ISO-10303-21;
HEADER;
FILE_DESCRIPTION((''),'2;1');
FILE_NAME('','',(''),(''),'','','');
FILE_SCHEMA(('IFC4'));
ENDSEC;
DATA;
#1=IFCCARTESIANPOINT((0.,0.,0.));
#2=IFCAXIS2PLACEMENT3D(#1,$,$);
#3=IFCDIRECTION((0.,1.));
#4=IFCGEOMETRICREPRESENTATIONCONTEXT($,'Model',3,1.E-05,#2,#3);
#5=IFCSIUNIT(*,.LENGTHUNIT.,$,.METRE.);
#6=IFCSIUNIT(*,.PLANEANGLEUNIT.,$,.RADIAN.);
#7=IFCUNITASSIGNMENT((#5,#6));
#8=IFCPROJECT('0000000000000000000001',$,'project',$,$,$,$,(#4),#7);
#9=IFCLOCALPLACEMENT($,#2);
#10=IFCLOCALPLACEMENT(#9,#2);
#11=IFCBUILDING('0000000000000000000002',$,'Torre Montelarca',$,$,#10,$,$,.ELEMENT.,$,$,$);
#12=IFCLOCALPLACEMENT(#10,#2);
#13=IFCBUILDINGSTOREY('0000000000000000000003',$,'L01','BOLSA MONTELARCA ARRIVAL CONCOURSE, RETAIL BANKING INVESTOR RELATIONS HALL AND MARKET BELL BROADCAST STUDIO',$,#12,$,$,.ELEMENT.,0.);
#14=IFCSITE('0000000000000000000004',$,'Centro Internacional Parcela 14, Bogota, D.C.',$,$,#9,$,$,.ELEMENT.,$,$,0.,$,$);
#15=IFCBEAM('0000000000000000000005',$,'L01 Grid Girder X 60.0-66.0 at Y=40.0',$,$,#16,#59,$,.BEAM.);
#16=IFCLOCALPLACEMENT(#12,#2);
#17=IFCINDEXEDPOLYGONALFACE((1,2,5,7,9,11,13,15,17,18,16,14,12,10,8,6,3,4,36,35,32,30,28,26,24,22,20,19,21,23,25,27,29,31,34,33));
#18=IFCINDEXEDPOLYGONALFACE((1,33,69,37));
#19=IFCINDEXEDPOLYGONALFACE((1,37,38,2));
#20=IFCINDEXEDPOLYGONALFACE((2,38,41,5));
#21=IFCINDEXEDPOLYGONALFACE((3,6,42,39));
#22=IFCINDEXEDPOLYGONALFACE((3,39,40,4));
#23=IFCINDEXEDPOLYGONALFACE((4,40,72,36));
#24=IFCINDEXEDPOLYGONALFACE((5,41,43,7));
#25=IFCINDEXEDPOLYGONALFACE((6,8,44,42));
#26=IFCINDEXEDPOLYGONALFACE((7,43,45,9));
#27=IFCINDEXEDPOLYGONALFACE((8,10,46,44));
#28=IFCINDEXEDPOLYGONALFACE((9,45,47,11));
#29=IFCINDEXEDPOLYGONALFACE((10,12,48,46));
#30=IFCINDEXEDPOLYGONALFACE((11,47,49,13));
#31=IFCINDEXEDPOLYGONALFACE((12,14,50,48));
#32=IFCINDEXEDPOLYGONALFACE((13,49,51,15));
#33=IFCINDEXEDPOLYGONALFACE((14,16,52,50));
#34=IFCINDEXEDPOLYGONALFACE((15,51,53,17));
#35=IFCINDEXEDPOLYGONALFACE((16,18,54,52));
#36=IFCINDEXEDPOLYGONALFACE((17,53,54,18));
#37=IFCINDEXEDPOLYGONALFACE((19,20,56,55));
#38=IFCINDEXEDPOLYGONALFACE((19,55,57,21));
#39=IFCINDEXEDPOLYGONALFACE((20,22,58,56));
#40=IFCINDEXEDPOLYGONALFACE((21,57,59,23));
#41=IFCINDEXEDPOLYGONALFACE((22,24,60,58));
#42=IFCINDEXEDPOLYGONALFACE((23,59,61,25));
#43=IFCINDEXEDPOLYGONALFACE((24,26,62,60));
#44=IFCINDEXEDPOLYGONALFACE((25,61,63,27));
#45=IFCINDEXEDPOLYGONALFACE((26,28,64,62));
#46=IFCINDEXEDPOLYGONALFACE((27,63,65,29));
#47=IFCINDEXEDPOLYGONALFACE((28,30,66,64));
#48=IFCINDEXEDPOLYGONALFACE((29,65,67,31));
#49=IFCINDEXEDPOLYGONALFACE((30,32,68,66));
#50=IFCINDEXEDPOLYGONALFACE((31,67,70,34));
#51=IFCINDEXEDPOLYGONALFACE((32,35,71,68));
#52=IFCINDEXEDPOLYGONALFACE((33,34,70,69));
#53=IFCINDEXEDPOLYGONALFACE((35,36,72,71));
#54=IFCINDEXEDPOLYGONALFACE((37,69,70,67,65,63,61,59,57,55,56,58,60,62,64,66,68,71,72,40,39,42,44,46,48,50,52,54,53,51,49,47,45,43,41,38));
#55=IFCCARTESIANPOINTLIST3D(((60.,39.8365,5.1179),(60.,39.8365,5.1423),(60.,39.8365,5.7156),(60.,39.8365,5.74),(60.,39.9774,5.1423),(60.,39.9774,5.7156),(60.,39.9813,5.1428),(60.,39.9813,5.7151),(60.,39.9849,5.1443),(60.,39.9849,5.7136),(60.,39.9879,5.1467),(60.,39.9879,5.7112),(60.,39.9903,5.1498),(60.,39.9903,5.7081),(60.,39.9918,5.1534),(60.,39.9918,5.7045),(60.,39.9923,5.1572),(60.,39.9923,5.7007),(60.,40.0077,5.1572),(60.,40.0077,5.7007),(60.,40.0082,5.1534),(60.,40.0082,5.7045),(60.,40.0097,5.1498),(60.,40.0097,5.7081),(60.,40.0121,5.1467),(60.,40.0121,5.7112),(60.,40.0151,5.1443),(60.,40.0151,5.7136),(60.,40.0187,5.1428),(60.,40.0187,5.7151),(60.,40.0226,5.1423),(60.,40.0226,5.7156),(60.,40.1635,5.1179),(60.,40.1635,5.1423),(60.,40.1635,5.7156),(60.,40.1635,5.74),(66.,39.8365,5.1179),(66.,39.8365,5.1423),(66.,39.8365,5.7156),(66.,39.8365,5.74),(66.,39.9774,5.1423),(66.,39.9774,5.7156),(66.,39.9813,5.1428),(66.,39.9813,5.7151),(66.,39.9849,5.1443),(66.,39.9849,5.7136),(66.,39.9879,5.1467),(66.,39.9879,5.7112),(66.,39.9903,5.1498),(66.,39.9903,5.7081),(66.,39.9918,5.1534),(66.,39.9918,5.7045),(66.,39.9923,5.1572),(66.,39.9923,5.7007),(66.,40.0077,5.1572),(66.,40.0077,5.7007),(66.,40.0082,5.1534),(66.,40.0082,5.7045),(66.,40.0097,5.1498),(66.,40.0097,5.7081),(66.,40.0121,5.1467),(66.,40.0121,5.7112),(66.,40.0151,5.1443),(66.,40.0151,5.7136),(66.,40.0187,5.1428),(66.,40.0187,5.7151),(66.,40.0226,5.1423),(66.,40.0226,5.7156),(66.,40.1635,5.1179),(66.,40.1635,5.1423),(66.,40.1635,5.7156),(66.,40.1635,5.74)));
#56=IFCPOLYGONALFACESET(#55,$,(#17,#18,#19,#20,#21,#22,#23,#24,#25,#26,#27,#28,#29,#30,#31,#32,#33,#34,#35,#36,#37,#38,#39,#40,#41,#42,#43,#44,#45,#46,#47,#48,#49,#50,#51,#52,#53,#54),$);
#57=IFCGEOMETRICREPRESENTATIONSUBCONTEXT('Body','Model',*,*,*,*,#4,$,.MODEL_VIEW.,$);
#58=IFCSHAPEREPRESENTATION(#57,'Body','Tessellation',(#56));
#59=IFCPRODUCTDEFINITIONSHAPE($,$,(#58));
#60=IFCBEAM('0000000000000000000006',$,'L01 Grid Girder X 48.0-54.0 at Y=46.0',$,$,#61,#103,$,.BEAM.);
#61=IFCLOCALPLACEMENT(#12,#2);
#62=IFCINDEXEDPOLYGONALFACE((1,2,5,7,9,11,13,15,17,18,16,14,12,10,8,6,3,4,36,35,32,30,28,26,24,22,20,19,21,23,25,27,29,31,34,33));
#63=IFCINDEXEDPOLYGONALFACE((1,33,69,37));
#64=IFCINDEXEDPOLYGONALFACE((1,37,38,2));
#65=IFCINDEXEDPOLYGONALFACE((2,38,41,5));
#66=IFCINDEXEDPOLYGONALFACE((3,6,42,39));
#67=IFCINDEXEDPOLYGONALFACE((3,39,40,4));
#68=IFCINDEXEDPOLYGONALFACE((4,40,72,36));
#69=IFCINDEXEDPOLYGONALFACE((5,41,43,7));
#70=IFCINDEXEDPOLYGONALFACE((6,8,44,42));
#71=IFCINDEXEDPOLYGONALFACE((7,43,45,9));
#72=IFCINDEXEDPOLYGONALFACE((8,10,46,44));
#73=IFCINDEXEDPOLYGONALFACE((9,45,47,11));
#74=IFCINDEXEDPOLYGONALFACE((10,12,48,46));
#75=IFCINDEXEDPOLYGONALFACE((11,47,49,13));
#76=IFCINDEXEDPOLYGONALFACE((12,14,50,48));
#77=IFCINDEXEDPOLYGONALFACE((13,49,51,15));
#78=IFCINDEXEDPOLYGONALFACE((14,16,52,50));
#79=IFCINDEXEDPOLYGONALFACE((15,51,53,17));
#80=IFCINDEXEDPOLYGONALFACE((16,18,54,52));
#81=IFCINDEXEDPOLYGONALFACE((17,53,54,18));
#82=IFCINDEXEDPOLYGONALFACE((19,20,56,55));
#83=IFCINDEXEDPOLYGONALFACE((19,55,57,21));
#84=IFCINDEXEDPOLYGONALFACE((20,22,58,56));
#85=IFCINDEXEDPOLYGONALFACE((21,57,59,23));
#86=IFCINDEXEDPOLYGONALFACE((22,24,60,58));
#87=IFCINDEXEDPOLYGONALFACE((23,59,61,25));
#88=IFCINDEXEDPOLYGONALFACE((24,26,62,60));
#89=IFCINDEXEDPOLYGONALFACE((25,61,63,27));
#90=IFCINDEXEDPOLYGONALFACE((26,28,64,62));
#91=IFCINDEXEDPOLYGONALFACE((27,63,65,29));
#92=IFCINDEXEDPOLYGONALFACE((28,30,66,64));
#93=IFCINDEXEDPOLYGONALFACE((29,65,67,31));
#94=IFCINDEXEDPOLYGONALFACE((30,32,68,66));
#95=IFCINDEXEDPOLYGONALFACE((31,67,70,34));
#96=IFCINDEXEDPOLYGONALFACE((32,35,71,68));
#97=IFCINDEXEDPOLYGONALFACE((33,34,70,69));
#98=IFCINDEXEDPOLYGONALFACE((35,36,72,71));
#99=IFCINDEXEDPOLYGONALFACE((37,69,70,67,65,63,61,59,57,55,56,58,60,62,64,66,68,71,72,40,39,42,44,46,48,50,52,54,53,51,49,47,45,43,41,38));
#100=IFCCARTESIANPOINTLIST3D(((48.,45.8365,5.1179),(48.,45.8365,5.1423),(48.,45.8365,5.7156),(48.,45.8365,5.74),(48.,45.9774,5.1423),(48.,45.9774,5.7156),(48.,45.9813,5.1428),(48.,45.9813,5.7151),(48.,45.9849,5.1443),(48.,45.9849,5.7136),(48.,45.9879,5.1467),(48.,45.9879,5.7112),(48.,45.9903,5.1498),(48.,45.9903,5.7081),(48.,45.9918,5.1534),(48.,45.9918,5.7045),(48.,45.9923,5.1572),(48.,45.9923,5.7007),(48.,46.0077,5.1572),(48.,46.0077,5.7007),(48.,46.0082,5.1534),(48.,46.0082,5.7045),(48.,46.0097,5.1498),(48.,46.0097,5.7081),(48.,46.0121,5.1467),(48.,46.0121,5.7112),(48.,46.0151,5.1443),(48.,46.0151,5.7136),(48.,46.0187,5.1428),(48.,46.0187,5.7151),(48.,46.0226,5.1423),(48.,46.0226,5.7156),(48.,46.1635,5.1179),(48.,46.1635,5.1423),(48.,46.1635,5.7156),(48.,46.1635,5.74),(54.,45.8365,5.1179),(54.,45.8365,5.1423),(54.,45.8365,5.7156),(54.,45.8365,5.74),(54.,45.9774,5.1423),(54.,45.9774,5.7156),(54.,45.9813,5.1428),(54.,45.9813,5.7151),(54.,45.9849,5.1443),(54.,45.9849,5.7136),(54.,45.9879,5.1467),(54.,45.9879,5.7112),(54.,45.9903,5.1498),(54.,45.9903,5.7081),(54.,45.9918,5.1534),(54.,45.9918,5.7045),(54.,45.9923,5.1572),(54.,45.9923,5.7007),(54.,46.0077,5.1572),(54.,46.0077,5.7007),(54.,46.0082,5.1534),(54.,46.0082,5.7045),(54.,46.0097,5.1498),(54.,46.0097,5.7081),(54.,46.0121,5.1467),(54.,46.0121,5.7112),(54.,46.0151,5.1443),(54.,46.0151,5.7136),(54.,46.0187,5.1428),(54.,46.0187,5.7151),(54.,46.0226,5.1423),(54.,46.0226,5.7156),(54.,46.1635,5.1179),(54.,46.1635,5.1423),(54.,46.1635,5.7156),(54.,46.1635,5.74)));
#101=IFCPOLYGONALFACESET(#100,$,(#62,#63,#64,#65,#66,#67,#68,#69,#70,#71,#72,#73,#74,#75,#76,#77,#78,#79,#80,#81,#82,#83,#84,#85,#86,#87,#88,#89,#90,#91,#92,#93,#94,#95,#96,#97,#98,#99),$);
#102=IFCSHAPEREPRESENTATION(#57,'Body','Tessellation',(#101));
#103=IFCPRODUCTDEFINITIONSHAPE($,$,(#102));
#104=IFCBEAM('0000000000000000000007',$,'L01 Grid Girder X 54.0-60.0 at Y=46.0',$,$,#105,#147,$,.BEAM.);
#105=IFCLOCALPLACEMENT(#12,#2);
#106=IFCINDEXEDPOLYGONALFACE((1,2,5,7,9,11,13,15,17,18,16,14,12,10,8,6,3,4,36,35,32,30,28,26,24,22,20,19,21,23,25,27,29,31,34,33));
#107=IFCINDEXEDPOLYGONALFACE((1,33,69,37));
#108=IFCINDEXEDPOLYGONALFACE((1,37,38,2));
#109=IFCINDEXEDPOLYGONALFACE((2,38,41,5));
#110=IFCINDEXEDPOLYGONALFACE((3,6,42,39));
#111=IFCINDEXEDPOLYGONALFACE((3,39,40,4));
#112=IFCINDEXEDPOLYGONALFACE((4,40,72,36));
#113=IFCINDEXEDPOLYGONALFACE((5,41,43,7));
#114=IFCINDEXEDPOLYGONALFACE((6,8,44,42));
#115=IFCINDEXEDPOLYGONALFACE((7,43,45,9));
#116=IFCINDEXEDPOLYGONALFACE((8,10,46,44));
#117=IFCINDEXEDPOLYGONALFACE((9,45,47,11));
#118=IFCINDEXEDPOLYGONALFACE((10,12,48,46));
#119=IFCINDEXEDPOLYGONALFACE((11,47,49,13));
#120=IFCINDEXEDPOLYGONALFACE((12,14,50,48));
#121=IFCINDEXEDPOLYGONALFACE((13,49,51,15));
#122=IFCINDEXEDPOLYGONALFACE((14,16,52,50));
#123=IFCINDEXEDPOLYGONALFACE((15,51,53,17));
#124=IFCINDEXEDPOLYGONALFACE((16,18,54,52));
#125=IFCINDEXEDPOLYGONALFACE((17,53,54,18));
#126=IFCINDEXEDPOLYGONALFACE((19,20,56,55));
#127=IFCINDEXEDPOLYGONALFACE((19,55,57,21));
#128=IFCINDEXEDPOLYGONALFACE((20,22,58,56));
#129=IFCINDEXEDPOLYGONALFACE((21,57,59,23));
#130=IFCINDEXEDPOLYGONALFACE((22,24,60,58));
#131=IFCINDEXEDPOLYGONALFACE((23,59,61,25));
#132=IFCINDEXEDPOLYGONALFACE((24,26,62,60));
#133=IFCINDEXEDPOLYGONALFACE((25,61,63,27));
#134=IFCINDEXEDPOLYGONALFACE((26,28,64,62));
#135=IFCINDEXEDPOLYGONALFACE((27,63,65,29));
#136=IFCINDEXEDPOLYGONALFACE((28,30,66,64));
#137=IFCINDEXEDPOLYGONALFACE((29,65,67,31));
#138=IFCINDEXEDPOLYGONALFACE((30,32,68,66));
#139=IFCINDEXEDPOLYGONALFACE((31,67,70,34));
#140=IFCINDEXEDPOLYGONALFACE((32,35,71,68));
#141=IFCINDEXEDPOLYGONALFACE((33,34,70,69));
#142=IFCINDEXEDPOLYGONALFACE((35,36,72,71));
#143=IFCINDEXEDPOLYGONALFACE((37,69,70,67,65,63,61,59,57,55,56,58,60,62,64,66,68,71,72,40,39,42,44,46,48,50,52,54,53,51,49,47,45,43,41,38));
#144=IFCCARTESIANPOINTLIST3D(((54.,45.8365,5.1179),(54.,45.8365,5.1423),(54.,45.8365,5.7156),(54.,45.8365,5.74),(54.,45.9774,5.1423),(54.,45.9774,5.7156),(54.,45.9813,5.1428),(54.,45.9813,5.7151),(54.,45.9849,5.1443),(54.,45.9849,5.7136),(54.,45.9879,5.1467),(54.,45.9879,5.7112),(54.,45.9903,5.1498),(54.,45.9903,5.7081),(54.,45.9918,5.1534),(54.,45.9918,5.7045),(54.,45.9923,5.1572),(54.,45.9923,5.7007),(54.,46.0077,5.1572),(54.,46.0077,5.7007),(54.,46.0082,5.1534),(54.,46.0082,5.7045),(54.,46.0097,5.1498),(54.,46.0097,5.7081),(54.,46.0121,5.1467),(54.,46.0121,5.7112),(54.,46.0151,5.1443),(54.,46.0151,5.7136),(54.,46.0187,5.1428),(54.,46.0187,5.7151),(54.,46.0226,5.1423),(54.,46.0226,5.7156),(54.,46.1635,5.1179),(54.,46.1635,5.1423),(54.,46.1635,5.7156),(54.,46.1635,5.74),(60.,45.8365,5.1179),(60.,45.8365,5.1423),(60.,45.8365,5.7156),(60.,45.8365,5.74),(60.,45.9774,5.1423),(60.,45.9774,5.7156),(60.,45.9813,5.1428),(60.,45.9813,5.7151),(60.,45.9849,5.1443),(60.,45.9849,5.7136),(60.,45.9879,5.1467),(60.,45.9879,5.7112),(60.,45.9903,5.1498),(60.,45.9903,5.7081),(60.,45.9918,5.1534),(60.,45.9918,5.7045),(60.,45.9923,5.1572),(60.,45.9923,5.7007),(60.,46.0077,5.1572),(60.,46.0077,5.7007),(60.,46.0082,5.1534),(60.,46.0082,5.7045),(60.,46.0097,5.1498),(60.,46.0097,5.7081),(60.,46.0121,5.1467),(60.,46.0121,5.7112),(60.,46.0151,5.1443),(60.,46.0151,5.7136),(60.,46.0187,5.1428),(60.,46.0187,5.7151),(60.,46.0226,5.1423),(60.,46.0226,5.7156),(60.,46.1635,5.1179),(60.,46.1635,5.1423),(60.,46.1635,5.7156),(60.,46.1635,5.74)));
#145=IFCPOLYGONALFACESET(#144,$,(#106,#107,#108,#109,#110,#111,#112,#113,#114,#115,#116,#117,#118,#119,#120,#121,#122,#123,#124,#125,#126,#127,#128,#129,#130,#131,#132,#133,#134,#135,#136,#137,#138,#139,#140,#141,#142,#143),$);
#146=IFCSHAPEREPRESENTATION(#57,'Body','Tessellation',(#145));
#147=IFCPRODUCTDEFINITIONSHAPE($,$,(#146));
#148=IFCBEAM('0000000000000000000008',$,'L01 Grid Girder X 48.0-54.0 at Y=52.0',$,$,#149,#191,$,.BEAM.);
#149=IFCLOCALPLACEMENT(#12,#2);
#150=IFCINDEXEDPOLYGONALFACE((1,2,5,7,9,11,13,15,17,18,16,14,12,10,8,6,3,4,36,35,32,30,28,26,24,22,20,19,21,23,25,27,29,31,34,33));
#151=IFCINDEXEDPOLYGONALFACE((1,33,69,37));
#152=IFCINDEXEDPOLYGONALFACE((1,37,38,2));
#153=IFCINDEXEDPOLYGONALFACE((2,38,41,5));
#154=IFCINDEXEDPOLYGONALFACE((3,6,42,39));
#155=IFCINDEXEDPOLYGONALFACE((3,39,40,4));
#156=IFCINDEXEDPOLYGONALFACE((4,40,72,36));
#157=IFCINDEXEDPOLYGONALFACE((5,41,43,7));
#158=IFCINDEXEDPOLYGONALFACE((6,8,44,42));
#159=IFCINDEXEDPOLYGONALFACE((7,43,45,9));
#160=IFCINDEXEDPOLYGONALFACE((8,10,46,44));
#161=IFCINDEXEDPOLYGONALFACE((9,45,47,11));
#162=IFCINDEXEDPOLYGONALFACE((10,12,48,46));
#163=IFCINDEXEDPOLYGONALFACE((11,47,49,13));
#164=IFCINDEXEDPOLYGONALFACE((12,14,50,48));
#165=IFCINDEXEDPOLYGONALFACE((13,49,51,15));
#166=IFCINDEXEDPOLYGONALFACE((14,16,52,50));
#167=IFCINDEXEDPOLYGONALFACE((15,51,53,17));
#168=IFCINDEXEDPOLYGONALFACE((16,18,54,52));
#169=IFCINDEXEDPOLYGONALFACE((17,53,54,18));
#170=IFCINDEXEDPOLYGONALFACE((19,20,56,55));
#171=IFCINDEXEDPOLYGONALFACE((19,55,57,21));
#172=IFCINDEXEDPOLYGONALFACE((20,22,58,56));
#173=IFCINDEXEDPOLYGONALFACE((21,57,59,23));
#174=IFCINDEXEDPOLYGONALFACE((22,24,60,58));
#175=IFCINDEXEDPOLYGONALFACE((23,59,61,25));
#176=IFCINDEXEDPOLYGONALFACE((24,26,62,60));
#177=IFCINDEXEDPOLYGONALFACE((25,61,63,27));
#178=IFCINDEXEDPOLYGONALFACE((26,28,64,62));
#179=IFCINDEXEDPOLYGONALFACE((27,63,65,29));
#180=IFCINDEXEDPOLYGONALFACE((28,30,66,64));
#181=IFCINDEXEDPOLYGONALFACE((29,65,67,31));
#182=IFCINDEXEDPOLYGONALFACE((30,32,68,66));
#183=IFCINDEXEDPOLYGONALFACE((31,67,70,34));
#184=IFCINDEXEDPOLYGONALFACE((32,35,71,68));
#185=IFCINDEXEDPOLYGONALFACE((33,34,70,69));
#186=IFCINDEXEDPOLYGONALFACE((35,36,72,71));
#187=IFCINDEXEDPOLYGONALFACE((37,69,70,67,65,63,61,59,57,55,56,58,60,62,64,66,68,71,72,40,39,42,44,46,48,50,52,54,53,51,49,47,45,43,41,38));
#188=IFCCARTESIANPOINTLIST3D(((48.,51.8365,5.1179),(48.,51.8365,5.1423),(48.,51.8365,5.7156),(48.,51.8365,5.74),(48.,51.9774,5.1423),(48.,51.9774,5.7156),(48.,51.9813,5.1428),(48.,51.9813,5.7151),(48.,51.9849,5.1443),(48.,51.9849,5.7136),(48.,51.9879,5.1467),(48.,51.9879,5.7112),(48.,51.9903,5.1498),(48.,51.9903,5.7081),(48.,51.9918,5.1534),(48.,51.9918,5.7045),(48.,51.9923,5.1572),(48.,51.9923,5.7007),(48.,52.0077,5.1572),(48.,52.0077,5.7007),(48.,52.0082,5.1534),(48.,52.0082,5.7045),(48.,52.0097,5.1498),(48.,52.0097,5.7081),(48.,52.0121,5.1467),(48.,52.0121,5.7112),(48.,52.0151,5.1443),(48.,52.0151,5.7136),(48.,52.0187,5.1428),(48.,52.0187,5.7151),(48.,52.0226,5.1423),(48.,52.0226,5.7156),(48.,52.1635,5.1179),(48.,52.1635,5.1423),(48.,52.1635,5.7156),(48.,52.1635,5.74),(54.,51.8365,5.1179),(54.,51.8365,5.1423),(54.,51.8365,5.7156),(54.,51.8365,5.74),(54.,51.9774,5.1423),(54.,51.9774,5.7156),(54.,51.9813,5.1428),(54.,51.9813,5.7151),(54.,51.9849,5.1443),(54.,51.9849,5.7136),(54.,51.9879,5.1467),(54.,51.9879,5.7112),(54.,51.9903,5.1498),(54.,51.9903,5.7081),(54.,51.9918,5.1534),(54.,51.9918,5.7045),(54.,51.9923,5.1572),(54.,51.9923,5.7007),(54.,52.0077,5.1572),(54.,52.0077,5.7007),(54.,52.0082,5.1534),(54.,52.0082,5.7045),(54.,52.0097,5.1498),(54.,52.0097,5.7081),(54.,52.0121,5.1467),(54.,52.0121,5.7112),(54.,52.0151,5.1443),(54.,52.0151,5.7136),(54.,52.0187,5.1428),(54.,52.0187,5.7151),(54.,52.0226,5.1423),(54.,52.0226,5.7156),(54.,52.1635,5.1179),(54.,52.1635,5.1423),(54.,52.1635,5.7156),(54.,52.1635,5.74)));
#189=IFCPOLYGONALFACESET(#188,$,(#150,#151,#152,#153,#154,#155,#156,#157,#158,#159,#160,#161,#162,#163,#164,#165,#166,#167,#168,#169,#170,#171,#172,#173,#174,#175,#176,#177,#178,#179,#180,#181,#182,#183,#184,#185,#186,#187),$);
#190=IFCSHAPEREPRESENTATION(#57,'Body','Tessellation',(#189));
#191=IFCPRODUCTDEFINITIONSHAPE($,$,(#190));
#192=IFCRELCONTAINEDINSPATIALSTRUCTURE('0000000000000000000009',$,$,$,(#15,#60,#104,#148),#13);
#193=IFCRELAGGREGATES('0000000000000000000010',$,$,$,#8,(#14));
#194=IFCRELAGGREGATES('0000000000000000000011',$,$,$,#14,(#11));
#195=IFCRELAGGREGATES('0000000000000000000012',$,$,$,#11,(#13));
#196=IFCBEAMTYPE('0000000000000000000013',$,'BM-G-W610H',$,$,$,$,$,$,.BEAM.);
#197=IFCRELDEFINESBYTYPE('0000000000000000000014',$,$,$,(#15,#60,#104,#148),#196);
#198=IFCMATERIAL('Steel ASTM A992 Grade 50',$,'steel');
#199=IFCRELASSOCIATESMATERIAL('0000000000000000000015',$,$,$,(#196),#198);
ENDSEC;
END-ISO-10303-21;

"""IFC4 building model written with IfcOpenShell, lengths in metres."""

from ifc_helpers import new_model, si_unit, direction, frame, origin, origin_2d, place, context, subcontext, project, spatial, i_section, extrude, source, transform, mapped, material, material_profile, profile_set, type_object, element, save


model = new_model("IFC4")

# Units and contexts
model_context = context("Model", 3, precision=1e-05, world=origin(), true_north=direction((0.0, 1.0)))
body_context = subcontext(model_context, "Body", "Model", "MODEL_VIEW")
ifc_project = project(units=[si_unit("LENGTHUNIT", "METRE"), si_unit("PLANEANGLEUNIT", "RADIAN")], contexts=[model_context])

# Site, building, storey
site_placement = place(None, origin())
site = spatial("IfcSite", under=ifc_project, at=site_placement, Name="Centro Internacional Parcela 14, Bogota, D.C.", CompositionType="ELEMENT", RefElevation=0.0)
building_placement = place(site_placement, origin())
building = spatial("IfcBuilding", under=site, at=building_placement, Name="Torre Montelarca", CompositionType="ELEMENT")
storey_placement = place(building_placement, origin())
storey = spatial("IfcBuildingStorey", under=building, at=storey_placement, Name="L01", Description="BOLSA MONTELARCA ARRIVAL CONCOURSE, RETAIL BANKING INVESTOR RELATIONS HALL AND MARKET BELL BROADCAST STUDIO", CompositionType="ELEMENT", Elevation=0.0)

# Shared definitions
ifc_material_1 = material(Name="Steel ASTM A992 Grade 50", Category="steel")

# Beams
ifc_material_profile_1 = material_profile(ifc_material_1, i_section(OverallWidth=0.3269, OverallDepth=0.6221, WebThickness=0.0154, FlangeThickness=0.0244, FilletRadius=0.0149, at=origin_2d()), Name="W610X195", Category="steel")
ifc_profile_set_1 = profile_set([ifc_material_profile_1], Name="Steel ASTM A992 Grade 50")
beam_type_1 = type_object("IfcBeamType", Name="BM-G-W610H", PredefinedType="BEAM", material=ifc_profile_set_1)
shared_shape_1 = source(origin(), body_context, "Body", "SweptSolid", [
    extrude(i_section(OverallWidth=0.3269, OverallDepth=0.6221, WebThickness=0.0154, FlangeThickness=0.0244, FilletRadius=0.0149, at=origin_2d()), origin(), (0.0, 0.0, 1.0), 6.0),
])
for number, where, z_axis, x_axis, name in (
    (1, (60.0, 40.0, 5.429), (1.0, 0.0, 0.0), (0.0, 1.0, 0.0), "L01 Grid Girder X 60.0-66.0 at Y=40.0"),
    (2, (48.0, 46.0, 5.429), (1.0, 0.0, 0.0), (0.0, 1.0, 0.0), "L01 Grid Girder X 48.0-54.0 at Y=46.0"),
    (3, (54.0, 46.0, 5.429), (1.0, 0.0, 0.0), (0.0, 1.0, 0.0), "L01 Grid Girder X 54.0-60.0 at Y=46.0"),
    (4, (48.0, 52.0, 5.429), (1.0, 0.0, 0.0), (0.0, 1.0, 0.0), "L01 Grid Girder X 48.0-54.0 at Y=52.0"),
):
    element("IfcBeam", number, at=place(storey_placement, frame(where, z_axis=z_axis, x_axis=x_axis)), inside=storey, type_object=beam_type_1, Name=name, PredefinedType="BEAM", context=body_context, shape_type="MappedRepresentation", body=[
        mapped(shared_shape_1, transform((0.0, 0.0, 0.0), scale=1.0)),
    ])

save(model, "model.ifc")
